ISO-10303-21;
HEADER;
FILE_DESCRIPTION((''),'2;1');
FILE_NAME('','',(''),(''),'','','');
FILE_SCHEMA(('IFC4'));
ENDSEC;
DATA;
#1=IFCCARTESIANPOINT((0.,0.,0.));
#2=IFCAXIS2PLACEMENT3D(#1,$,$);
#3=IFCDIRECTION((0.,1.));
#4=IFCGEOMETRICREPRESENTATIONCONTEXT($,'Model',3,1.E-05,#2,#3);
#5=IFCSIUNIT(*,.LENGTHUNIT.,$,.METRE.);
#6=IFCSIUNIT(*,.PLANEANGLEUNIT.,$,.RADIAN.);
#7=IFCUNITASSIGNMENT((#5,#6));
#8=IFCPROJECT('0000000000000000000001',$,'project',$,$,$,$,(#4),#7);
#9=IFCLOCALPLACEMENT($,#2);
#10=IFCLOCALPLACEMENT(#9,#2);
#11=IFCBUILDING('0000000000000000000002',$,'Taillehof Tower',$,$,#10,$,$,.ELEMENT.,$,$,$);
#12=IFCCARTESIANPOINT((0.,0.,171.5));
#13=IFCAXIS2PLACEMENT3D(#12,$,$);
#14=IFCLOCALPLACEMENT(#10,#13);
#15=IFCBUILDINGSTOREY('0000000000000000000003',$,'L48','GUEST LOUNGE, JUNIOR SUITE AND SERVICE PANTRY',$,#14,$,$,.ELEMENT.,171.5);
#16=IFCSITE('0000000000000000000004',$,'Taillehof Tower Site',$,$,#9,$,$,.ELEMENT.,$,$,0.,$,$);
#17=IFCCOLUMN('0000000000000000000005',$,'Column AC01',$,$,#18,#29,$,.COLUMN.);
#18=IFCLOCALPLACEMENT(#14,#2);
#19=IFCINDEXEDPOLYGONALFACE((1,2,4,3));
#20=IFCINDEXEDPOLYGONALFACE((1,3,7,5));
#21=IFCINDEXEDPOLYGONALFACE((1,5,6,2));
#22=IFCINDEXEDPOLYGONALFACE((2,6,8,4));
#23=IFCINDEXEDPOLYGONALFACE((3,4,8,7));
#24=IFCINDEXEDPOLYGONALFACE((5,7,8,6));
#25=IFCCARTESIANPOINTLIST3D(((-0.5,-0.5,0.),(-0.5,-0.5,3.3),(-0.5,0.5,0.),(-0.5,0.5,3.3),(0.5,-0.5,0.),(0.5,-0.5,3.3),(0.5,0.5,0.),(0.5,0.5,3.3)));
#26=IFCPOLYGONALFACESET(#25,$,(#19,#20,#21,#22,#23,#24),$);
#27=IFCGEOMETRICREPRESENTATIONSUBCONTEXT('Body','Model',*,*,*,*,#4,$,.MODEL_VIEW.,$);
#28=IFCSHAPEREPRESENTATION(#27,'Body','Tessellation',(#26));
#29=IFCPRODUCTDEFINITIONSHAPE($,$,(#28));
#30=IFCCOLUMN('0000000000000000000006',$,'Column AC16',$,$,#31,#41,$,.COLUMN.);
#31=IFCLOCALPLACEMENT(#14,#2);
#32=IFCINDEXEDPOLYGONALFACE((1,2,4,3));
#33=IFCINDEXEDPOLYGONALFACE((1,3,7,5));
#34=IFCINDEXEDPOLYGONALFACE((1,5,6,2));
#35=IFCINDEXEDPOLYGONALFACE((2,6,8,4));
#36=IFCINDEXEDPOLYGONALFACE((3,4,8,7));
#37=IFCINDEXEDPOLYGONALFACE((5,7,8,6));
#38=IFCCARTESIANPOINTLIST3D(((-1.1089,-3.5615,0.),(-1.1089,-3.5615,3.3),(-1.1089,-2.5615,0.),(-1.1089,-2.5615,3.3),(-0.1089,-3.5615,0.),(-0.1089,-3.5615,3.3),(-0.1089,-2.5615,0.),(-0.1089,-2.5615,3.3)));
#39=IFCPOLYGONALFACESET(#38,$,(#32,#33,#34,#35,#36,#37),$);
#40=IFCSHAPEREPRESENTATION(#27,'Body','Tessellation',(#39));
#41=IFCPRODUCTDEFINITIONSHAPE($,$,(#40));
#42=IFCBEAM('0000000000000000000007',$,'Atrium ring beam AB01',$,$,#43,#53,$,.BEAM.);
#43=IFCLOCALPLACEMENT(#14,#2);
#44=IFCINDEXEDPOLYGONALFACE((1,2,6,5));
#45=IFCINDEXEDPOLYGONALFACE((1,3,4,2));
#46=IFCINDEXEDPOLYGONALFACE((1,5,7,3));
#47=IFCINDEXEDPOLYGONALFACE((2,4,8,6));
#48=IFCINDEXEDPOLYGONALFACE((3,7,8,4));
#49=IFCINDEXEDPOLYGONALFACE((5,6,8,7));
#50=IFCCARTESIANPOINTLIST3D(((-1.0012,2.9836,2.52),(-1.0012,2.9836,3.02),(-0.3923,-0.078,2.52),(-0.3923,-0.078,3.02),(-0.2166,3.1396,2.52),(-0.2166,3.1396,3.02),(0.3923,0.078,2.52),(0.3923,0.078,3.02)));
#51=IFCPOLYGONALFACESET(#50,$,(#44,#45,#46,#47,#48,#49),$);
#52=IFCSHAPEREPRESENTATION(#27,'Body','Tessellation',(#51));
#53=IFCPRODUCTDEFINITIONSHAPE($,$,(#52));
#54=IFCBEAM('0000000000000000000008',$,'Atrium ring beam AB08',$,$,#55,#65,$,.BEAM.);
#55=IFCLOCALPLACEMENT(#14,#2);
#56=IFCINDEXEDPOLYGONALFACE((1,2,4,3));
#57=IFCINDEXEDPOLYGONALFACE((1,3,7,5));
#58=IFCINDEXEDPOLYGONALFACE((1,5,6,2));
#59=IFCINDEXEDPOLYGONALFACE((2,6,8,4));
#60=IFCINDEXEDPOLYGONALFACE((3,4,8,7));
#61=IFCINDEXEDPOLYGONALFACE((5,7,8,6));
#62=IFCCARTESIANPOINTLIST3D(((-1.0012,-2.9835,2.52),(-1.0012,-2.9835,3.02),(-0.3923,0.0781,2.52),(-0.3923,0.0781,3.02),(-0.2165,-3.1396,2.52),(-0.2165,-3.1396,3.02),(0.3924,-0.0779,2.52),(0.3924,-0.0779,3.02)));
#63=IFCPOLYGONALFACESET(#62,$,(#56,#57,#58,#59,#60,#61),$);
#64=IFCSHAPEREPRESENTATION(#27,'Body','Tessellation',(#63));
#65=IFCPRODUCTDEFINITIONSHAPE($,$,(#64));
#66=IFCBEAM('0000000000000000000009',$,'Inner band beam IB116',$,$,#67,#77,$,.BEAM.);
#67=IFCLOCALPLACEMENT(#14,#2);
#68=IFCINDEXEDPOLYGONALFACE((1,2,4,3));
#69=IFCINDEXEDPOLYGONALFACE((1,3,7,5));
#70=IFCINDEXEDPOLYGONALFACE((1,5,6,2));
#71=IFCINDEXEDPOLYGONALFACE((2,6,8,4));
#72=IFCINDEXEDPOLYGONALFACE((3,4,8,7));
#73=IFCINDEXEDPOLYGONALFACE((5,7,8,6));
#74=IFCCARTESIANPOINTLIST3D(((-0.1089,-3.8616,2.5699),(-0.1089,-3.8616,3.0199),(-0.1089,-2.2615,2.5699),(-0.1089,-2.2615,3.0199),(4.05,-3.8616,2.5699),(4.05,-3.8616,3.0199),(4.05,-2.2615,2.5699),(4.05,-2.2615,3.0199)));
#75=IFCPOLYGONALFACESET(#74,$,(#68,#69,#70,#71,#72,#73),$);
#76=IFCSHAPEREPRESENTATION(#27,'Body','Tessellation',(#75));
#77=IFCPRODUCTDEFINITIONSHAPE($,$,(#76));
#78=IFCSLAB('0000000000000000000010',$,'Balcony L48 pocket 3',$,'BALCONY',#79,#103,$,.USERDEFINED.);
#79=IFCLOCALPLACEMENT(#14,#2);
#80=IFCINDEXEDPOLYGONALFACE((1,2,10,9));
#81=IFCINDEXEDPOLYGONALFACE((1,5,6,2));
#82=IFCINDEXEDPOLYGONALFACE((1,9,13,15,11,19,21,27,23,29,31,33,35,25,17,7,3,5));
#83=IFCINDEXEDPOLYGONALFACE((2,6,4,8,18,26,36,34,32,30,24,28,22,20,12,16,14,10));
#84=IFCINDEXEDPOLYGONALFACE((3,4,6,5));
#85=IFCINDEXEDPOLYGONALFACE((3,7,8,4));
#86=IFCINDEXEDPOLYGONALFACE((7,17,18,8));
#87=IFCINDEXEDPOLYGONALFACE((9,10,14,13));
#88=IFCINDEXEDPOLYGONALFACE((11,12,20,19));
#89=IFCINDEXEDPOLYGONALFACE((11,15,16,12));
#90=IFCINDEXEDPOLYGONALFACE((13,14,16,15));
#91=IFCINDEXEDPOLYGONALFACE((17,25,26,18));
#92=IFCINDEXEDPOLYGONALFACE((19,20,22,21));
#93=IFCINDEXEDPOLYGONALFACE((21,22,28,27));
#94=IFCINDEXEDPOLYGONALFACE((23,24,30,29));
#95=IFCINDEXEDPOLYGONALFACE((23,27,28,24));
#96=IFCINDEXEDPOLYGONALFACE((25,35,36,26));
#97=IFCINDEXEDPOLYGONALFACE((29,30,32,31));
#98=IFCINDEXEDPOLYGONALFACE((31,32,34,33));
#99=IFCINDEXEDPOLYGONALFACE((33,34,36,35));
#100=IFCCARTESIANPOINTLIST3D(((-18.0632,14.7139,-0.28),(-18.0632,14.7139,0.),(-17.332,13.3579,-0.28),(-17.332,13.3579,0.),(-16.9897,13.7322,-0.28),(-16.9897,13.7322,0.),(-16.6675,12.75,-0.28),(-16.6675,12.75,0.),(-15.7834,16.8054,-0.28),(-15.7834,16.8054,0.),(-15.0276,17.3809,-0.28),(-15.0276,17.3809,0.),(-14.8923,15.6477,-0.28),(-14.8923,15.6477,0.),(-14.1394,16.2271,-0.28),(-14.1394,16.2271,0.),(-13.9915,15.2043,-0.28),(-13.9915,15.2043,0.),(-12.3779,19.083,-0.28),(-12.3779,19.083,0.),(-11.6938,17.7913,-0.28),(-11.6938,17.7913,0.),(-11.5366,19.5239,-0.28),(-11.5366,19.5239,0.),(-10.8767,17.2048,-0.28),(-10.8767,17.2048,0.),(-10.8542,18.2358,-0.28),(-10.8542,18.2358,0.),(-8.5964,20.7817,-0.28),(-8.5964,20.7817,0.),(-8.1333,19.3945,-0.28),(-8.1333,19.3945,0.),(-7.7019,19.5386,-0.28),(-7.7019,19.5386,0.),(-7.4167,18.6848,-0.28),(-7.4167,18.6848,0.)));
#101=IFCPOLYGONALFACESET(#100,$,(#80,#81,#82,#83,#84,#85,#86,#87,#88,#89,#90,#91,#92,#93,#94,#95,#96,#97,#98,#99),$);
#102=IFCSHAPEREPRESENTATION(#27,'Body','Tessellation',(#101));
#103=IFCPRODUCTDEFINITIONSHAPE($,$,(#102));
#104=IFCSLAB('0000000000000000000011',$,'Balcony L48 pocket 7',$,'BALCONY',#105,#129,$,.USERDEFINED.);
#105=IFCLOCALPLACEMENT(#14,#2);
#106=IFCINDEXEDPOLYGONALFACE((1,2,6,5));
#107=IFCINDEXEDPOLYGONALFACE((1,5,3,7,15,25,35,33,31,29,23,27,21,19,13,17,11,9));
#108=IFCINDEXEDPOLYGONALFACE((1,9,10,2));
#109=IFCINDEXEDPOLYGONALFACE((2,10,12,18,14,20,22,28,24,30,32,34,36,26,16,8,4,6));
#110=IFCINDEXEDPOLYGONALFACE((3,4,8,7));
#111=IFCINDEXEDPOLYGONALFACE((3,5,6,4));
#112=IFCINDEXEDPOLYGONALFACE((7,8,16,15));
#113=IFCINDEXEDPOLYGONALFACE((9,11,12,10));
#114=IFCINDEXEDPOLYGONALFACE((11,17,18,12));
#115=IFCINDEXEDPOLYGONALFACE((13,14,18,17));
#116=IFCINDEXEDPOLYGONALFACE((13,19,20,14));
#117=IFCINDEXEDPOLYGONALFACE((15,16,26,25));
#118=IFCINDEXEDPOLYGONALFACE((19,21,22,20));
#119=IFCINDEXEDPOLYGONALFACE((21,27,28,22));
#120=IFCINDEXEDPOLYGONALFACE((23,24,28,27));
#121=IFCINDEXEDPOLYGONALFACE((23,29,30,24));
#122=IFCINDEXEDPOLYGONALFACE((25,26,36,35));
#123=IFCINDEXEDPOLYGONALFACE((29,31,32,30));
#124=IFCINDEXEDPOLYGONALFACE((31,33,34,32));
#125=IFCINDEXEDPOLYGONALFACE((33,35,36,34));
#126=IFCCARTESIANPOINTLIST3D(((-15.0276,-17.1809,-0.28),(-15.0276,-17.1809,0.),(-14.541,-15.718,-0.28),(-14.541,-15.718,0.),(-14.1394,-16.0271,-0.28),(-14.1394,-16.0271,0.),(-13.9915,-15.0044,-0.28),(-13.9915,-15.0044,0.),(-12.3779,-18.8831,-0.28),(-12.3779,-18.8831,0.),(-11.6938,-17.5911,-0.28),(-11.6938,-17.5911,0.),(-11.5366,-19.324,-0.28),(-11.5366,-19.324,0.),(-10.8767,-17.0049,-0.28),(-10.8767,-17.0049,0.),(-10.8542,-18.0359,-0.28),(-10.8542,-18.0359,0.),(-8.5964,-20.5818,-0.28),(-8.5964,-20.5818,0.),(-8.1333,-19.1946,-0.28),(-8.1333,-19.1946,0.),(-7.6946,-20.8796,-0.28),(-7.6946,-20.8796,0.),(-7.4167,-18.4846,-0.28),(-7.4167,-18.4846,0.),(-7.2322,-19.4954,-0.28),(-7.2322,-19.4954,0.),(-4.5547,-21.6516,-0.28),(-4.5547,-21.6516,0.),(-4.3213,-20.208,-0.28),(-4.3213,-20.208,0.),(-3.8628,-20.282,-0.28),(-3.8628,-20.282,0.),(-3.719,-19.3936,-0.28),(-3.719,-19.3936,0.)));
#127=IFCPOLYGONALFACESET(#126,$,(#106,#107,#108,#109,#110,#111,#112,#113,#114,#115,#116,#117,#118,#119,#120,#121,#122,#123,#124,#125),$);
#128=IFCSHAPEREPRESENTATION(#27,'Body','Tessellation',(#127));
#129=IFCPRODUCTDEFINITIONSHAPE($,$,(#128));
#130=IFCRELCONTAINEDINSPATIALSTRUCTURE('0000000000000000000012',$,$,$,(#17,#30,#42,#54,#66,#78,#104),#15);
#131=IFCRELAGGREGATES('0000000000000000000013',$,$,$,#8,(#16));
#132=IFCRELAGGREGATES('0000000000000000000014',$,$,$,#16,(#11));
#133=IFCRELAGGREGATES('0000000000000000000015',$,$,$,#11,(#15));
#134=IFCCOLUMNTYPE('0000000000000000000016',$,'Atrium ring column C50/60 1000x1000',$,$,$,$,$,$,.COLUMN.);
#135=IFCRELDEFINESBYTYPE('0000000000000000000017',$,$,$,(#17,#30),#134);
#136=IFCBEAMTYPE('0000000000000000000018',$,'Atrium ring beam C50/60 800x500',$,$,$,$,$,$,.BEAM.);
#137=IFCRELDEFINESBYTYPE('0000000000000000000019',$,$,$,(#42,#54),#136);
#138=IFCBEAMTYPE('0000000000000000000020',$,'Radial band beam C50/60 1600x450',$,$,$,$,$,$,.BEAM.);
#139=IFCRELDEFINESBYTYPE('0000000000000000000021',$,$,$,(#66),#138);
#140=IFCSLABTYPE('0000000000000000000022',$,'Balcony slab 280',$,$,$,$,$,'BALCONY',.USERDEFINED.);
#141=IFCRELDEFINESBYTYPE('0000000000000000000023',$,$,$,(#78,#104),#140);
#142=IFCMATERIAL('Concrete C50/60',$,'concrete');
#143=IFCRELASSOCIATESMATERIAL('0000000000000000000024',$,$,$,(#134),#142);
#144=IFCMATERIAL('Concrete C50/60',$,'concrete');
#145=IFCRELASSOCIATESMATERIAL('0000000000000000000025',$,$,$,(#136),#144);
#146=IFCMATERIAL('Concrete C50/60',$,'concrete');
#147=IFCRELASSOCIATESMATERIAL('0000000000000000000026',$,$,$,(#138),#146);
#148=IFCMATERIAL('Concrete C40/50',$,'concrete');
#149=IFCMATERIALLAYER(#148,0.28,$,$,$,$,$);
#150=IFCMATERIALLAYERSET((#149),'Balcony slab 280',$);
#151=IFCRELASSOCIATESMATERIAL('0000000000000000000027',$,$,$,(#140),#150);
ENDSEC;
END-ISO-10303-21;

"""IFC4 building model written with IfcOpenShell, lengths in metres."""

from ifc_helpers import new_model, si_unit, direction, frame, origin, origin_2d, place, context, subcontext, project, spatial, polyline, rectangle, outline, extrude, material, layer, layer_set, material_profile, profile_set, type_object, element, save


model = new_model("IFC4")

# Units and contexts
model_context = context("Model", 3, precision=1e-05, world=origin(), true_north=direction((0.0, 1.0)))
body_context = subcontext(model_context, "Body", "Model", "MODEL_VIEW")
ifc_project = project(units=[si_unit("LENGTHUNIT", "METRE"), si_unit("PLANEANGLEUNIT", "RADIAN")], contexts=[model_context])

# Site, building, storey
site_placement = place(None, origin())
site = spatial("IfcSite", under=ifc_project, at=site_placement, Name="Taillehof Tower Site", CompositionType="ELEMENT", RefElevation=0.0)
building_placement = place(site_placement, origin())
building = spatial("IfcBuilding", under=site, at=building_placement, Name="Taillehof Tower", CompositionType="ELEMENT")
storey_placement = place(building_placement, frame((0.0, 0.0, 171.5)))
storey = spatial("IfcBuildingStorey", under=building, at=storey_placement, Name="L48", Description="GUEST LOUNGE, JUNIOR SUITE AND SERVICE PANTRY", CompositionType="ELEMENT", Elevation=171.5)

# Columns
ifc_material_1 = material(Name="Concrete C50/60", Category="concrete")
ifc_material_profile_1 = material_profile(ifc_material_1, rectangle(XDim=1.0, YDim=1.0, at=origin_2d()), Name="RC 1000x1000")
ifc_profile_set_1 = profile_set([ifc_material_profile_1], Name="Concrete C50/60")
column_type = type_object("IfcColumnType", Name="Atrium ring column C50/60 1000x1000", PredefinedType="COLUMN", material=ifc_profile_set_1)
for number, where, z_axis, x_axis, name in (
    (1, (0.0, 0.0, 0.0), (0.0, 0.0, 1.0), (1.0, 0.0, 0.0), "Column AC01"),
    (2, (-0.6089, -3.0615, 0.0), (0.0, 0.0, 1.0), (1.0, 0.0, 0.0), "Column AC16"),
):
    element("IfcColumn", number, at=place(storey_placement, frame(where, z_axis=z_axis, x_axis=x_axis)), inside=storey, type_object=column_type, Name=name, PredefinedType="COLUMN", context=body_context, shape_type="SweptSolid", body=[
        extrude(rectangle(XDim=1.0, YDim=1.0, at=origin_2d()), origin(), (0.0, 0.0, 1.0), 3.3),
    ])

# Beams
ifc_material_2 = material(Name="Concrete C50/60", Category="concrete")
ifc_material_profile_2 = material_profile(ifc_material_2, rectangle(XDim=0.8, YDim=0.5, at=origin_2d()), Name="RC 800x500")
ifc_profile_set_2 = profile_set([ifc_material_profile_2], Name="Concrete C50/60")
beam_type_1 = type_object("IfcBeamType", Name="Atrium ring beam C50/60 800x500", PredefinedType="BEAM", material=ifc_profile_set_2)
for number, where, z_axis, x_axis, name in (
    (3, (0.0, 0.0, 2.77), (-0.195063, 0.980791, 0.0), (-0.980791, -0.195063, 0.0), "Atrium ring beam AB01"),
    (4, (-0.6089, -3.0615, 2.77), (0.195063, 0.980791, 0.0), (-0.980791, 0.195063, 0.0), "Atrium ring beam AB08"),
):
    element("IfcBeam", number, at=place(storey_placement, frame(where, z_axis=z_axis, x_axis=x_axis)), inside=storey, type_object=beam_type_1, Name=name, PredefinedType="BEAM", context=body_context, shape_type="SweptSolid", body=[
        extrude(rectangle(XDim=0.8, YDim=0.5, at=origin_2d()), origin(), (0.0, 0.0, 1.0), 3.1216),
    ])
ifc_material_3 = material(Name="Concrete C50/60", Category="concrete")
ifc_material_profile_3 = material_profile(ifc_material_3, rectangle(XDim=1.6001, YDim=0.45, at=origin_2d()), Name="RC 1600x450")
ifc_profile_set_3 = profile_set([ifc_material_profile_3], Name="Concrete C50/60")
beam_type_2 = type_object("IfcBeamType", Name="Radial band beam C50/60 1600x450", PredefinedType="BEAM", material=ifc_profile_set_3)
beam_placement = place(storey_placement, frame((-0.1089, -3.0615, 2.7949), z_axis=(1.0, 0.0, 0.0), x_axis=(0.0, 1.0, 0.0)))
element("IfcBeam", 5, at=beam_placement, inside=storey, type_object=beam_type_2, Name="Inner band beam IB116", PredefinedType="BEAM", context=body_context, shape_type="SweptSolid", body=[
    extrude(rectangle(XDim=1.6001, YDim=0.45, at=origin_2d()), origin(), (0.0, 0.0, 1.0), 4.1589),
])

# Slabs
ifc_material_4 = material(Name="Concrete C40/50", Category="concrete")
ifc_layer_1 = layer(ifc_material_4, 0.28)
ifc_layer_set_1 = layer_set([ifc_layer_1], Name="Balcony slab 280")
slab_type_1 = type_object("IfcSlabType", Name="Balcony slab 280", ElementType="BALCONY", PredefinedType="USERDEFINED", material=ifc_layer_set_1)
slab_1_placement = place(storey_placement, frame((0.0, 0.0, -0.28)))
element("IfcSlab", 6, at=slab_1_placement, inside=storey, type_object=slab_type_1, Name="Balcony L48 pocket 3", ObjectType="BALCONY", PredefinedType="USERDEFINED", context=body_context, shape_type="SweptSolid", body=[
    extrude(outline(polyline([(-16.6675, 12.75), (-17.332, 13.3579), (-16.9897, 13.7322), (-18.0632, 14.7139), (-15.7834, 16.8054), (-14.8923, 15.6477), (-14.1394, 16.2271), (-15.0276, 17.3809), (-12.3779, 19.083), (-11.6938, 17.7913), (-10.8542, 18.2358), (-11.5366, 19.5239), (-8.5964, 20.7817), (-8.1333, 19.3945), (-7.7019, 19.5386), (-7.4167, 18.6848), (-10.8767, 17.2048), (-13.9915, 15.2043), (-16.6675, 12.75)])), origin(), (0.0, 0.0, 1.0), 0.28),
])
slab_2_placement = place(storey_placement, frame((0.0, 0.0, -0.28)))
element("IfcSlab", 7, at=slab_2_placement, inside=storey, type_object=slab_type_1, Name="Balcony L48 pocket 7", ObjectType="BALCONY", PredefinedType="USERDEFINED", context=body_context, shape_type="SweptSolid", body=[
    extrude(outline(polyline([(-3.719, -19.3936), (-3.8628, -20.282), (-4.3213, -20.208), (-4.5547, -21.6516), (-7.6946, -20.8796), (-7.2322, -19.4954), (-8.1333, -19.1946), (-8.5964, -20.5818), (-11.5366, -19.324), (-10.8542, -18.0359), (-11.6938, -17.5911), (-12.3779, -18.8831), (-15.0276, -17.1809), (-14.1394, -16.0271), (-14.541, -15.718), (-13.9915, -15.0044), (-10.8767, -17.0049), (-7.4167, -18.4846), (-3.719, -19.3936)])), origin(), (0.0, 0.0, 1.0), 0.28),
])

save(model, "model.ifc")
